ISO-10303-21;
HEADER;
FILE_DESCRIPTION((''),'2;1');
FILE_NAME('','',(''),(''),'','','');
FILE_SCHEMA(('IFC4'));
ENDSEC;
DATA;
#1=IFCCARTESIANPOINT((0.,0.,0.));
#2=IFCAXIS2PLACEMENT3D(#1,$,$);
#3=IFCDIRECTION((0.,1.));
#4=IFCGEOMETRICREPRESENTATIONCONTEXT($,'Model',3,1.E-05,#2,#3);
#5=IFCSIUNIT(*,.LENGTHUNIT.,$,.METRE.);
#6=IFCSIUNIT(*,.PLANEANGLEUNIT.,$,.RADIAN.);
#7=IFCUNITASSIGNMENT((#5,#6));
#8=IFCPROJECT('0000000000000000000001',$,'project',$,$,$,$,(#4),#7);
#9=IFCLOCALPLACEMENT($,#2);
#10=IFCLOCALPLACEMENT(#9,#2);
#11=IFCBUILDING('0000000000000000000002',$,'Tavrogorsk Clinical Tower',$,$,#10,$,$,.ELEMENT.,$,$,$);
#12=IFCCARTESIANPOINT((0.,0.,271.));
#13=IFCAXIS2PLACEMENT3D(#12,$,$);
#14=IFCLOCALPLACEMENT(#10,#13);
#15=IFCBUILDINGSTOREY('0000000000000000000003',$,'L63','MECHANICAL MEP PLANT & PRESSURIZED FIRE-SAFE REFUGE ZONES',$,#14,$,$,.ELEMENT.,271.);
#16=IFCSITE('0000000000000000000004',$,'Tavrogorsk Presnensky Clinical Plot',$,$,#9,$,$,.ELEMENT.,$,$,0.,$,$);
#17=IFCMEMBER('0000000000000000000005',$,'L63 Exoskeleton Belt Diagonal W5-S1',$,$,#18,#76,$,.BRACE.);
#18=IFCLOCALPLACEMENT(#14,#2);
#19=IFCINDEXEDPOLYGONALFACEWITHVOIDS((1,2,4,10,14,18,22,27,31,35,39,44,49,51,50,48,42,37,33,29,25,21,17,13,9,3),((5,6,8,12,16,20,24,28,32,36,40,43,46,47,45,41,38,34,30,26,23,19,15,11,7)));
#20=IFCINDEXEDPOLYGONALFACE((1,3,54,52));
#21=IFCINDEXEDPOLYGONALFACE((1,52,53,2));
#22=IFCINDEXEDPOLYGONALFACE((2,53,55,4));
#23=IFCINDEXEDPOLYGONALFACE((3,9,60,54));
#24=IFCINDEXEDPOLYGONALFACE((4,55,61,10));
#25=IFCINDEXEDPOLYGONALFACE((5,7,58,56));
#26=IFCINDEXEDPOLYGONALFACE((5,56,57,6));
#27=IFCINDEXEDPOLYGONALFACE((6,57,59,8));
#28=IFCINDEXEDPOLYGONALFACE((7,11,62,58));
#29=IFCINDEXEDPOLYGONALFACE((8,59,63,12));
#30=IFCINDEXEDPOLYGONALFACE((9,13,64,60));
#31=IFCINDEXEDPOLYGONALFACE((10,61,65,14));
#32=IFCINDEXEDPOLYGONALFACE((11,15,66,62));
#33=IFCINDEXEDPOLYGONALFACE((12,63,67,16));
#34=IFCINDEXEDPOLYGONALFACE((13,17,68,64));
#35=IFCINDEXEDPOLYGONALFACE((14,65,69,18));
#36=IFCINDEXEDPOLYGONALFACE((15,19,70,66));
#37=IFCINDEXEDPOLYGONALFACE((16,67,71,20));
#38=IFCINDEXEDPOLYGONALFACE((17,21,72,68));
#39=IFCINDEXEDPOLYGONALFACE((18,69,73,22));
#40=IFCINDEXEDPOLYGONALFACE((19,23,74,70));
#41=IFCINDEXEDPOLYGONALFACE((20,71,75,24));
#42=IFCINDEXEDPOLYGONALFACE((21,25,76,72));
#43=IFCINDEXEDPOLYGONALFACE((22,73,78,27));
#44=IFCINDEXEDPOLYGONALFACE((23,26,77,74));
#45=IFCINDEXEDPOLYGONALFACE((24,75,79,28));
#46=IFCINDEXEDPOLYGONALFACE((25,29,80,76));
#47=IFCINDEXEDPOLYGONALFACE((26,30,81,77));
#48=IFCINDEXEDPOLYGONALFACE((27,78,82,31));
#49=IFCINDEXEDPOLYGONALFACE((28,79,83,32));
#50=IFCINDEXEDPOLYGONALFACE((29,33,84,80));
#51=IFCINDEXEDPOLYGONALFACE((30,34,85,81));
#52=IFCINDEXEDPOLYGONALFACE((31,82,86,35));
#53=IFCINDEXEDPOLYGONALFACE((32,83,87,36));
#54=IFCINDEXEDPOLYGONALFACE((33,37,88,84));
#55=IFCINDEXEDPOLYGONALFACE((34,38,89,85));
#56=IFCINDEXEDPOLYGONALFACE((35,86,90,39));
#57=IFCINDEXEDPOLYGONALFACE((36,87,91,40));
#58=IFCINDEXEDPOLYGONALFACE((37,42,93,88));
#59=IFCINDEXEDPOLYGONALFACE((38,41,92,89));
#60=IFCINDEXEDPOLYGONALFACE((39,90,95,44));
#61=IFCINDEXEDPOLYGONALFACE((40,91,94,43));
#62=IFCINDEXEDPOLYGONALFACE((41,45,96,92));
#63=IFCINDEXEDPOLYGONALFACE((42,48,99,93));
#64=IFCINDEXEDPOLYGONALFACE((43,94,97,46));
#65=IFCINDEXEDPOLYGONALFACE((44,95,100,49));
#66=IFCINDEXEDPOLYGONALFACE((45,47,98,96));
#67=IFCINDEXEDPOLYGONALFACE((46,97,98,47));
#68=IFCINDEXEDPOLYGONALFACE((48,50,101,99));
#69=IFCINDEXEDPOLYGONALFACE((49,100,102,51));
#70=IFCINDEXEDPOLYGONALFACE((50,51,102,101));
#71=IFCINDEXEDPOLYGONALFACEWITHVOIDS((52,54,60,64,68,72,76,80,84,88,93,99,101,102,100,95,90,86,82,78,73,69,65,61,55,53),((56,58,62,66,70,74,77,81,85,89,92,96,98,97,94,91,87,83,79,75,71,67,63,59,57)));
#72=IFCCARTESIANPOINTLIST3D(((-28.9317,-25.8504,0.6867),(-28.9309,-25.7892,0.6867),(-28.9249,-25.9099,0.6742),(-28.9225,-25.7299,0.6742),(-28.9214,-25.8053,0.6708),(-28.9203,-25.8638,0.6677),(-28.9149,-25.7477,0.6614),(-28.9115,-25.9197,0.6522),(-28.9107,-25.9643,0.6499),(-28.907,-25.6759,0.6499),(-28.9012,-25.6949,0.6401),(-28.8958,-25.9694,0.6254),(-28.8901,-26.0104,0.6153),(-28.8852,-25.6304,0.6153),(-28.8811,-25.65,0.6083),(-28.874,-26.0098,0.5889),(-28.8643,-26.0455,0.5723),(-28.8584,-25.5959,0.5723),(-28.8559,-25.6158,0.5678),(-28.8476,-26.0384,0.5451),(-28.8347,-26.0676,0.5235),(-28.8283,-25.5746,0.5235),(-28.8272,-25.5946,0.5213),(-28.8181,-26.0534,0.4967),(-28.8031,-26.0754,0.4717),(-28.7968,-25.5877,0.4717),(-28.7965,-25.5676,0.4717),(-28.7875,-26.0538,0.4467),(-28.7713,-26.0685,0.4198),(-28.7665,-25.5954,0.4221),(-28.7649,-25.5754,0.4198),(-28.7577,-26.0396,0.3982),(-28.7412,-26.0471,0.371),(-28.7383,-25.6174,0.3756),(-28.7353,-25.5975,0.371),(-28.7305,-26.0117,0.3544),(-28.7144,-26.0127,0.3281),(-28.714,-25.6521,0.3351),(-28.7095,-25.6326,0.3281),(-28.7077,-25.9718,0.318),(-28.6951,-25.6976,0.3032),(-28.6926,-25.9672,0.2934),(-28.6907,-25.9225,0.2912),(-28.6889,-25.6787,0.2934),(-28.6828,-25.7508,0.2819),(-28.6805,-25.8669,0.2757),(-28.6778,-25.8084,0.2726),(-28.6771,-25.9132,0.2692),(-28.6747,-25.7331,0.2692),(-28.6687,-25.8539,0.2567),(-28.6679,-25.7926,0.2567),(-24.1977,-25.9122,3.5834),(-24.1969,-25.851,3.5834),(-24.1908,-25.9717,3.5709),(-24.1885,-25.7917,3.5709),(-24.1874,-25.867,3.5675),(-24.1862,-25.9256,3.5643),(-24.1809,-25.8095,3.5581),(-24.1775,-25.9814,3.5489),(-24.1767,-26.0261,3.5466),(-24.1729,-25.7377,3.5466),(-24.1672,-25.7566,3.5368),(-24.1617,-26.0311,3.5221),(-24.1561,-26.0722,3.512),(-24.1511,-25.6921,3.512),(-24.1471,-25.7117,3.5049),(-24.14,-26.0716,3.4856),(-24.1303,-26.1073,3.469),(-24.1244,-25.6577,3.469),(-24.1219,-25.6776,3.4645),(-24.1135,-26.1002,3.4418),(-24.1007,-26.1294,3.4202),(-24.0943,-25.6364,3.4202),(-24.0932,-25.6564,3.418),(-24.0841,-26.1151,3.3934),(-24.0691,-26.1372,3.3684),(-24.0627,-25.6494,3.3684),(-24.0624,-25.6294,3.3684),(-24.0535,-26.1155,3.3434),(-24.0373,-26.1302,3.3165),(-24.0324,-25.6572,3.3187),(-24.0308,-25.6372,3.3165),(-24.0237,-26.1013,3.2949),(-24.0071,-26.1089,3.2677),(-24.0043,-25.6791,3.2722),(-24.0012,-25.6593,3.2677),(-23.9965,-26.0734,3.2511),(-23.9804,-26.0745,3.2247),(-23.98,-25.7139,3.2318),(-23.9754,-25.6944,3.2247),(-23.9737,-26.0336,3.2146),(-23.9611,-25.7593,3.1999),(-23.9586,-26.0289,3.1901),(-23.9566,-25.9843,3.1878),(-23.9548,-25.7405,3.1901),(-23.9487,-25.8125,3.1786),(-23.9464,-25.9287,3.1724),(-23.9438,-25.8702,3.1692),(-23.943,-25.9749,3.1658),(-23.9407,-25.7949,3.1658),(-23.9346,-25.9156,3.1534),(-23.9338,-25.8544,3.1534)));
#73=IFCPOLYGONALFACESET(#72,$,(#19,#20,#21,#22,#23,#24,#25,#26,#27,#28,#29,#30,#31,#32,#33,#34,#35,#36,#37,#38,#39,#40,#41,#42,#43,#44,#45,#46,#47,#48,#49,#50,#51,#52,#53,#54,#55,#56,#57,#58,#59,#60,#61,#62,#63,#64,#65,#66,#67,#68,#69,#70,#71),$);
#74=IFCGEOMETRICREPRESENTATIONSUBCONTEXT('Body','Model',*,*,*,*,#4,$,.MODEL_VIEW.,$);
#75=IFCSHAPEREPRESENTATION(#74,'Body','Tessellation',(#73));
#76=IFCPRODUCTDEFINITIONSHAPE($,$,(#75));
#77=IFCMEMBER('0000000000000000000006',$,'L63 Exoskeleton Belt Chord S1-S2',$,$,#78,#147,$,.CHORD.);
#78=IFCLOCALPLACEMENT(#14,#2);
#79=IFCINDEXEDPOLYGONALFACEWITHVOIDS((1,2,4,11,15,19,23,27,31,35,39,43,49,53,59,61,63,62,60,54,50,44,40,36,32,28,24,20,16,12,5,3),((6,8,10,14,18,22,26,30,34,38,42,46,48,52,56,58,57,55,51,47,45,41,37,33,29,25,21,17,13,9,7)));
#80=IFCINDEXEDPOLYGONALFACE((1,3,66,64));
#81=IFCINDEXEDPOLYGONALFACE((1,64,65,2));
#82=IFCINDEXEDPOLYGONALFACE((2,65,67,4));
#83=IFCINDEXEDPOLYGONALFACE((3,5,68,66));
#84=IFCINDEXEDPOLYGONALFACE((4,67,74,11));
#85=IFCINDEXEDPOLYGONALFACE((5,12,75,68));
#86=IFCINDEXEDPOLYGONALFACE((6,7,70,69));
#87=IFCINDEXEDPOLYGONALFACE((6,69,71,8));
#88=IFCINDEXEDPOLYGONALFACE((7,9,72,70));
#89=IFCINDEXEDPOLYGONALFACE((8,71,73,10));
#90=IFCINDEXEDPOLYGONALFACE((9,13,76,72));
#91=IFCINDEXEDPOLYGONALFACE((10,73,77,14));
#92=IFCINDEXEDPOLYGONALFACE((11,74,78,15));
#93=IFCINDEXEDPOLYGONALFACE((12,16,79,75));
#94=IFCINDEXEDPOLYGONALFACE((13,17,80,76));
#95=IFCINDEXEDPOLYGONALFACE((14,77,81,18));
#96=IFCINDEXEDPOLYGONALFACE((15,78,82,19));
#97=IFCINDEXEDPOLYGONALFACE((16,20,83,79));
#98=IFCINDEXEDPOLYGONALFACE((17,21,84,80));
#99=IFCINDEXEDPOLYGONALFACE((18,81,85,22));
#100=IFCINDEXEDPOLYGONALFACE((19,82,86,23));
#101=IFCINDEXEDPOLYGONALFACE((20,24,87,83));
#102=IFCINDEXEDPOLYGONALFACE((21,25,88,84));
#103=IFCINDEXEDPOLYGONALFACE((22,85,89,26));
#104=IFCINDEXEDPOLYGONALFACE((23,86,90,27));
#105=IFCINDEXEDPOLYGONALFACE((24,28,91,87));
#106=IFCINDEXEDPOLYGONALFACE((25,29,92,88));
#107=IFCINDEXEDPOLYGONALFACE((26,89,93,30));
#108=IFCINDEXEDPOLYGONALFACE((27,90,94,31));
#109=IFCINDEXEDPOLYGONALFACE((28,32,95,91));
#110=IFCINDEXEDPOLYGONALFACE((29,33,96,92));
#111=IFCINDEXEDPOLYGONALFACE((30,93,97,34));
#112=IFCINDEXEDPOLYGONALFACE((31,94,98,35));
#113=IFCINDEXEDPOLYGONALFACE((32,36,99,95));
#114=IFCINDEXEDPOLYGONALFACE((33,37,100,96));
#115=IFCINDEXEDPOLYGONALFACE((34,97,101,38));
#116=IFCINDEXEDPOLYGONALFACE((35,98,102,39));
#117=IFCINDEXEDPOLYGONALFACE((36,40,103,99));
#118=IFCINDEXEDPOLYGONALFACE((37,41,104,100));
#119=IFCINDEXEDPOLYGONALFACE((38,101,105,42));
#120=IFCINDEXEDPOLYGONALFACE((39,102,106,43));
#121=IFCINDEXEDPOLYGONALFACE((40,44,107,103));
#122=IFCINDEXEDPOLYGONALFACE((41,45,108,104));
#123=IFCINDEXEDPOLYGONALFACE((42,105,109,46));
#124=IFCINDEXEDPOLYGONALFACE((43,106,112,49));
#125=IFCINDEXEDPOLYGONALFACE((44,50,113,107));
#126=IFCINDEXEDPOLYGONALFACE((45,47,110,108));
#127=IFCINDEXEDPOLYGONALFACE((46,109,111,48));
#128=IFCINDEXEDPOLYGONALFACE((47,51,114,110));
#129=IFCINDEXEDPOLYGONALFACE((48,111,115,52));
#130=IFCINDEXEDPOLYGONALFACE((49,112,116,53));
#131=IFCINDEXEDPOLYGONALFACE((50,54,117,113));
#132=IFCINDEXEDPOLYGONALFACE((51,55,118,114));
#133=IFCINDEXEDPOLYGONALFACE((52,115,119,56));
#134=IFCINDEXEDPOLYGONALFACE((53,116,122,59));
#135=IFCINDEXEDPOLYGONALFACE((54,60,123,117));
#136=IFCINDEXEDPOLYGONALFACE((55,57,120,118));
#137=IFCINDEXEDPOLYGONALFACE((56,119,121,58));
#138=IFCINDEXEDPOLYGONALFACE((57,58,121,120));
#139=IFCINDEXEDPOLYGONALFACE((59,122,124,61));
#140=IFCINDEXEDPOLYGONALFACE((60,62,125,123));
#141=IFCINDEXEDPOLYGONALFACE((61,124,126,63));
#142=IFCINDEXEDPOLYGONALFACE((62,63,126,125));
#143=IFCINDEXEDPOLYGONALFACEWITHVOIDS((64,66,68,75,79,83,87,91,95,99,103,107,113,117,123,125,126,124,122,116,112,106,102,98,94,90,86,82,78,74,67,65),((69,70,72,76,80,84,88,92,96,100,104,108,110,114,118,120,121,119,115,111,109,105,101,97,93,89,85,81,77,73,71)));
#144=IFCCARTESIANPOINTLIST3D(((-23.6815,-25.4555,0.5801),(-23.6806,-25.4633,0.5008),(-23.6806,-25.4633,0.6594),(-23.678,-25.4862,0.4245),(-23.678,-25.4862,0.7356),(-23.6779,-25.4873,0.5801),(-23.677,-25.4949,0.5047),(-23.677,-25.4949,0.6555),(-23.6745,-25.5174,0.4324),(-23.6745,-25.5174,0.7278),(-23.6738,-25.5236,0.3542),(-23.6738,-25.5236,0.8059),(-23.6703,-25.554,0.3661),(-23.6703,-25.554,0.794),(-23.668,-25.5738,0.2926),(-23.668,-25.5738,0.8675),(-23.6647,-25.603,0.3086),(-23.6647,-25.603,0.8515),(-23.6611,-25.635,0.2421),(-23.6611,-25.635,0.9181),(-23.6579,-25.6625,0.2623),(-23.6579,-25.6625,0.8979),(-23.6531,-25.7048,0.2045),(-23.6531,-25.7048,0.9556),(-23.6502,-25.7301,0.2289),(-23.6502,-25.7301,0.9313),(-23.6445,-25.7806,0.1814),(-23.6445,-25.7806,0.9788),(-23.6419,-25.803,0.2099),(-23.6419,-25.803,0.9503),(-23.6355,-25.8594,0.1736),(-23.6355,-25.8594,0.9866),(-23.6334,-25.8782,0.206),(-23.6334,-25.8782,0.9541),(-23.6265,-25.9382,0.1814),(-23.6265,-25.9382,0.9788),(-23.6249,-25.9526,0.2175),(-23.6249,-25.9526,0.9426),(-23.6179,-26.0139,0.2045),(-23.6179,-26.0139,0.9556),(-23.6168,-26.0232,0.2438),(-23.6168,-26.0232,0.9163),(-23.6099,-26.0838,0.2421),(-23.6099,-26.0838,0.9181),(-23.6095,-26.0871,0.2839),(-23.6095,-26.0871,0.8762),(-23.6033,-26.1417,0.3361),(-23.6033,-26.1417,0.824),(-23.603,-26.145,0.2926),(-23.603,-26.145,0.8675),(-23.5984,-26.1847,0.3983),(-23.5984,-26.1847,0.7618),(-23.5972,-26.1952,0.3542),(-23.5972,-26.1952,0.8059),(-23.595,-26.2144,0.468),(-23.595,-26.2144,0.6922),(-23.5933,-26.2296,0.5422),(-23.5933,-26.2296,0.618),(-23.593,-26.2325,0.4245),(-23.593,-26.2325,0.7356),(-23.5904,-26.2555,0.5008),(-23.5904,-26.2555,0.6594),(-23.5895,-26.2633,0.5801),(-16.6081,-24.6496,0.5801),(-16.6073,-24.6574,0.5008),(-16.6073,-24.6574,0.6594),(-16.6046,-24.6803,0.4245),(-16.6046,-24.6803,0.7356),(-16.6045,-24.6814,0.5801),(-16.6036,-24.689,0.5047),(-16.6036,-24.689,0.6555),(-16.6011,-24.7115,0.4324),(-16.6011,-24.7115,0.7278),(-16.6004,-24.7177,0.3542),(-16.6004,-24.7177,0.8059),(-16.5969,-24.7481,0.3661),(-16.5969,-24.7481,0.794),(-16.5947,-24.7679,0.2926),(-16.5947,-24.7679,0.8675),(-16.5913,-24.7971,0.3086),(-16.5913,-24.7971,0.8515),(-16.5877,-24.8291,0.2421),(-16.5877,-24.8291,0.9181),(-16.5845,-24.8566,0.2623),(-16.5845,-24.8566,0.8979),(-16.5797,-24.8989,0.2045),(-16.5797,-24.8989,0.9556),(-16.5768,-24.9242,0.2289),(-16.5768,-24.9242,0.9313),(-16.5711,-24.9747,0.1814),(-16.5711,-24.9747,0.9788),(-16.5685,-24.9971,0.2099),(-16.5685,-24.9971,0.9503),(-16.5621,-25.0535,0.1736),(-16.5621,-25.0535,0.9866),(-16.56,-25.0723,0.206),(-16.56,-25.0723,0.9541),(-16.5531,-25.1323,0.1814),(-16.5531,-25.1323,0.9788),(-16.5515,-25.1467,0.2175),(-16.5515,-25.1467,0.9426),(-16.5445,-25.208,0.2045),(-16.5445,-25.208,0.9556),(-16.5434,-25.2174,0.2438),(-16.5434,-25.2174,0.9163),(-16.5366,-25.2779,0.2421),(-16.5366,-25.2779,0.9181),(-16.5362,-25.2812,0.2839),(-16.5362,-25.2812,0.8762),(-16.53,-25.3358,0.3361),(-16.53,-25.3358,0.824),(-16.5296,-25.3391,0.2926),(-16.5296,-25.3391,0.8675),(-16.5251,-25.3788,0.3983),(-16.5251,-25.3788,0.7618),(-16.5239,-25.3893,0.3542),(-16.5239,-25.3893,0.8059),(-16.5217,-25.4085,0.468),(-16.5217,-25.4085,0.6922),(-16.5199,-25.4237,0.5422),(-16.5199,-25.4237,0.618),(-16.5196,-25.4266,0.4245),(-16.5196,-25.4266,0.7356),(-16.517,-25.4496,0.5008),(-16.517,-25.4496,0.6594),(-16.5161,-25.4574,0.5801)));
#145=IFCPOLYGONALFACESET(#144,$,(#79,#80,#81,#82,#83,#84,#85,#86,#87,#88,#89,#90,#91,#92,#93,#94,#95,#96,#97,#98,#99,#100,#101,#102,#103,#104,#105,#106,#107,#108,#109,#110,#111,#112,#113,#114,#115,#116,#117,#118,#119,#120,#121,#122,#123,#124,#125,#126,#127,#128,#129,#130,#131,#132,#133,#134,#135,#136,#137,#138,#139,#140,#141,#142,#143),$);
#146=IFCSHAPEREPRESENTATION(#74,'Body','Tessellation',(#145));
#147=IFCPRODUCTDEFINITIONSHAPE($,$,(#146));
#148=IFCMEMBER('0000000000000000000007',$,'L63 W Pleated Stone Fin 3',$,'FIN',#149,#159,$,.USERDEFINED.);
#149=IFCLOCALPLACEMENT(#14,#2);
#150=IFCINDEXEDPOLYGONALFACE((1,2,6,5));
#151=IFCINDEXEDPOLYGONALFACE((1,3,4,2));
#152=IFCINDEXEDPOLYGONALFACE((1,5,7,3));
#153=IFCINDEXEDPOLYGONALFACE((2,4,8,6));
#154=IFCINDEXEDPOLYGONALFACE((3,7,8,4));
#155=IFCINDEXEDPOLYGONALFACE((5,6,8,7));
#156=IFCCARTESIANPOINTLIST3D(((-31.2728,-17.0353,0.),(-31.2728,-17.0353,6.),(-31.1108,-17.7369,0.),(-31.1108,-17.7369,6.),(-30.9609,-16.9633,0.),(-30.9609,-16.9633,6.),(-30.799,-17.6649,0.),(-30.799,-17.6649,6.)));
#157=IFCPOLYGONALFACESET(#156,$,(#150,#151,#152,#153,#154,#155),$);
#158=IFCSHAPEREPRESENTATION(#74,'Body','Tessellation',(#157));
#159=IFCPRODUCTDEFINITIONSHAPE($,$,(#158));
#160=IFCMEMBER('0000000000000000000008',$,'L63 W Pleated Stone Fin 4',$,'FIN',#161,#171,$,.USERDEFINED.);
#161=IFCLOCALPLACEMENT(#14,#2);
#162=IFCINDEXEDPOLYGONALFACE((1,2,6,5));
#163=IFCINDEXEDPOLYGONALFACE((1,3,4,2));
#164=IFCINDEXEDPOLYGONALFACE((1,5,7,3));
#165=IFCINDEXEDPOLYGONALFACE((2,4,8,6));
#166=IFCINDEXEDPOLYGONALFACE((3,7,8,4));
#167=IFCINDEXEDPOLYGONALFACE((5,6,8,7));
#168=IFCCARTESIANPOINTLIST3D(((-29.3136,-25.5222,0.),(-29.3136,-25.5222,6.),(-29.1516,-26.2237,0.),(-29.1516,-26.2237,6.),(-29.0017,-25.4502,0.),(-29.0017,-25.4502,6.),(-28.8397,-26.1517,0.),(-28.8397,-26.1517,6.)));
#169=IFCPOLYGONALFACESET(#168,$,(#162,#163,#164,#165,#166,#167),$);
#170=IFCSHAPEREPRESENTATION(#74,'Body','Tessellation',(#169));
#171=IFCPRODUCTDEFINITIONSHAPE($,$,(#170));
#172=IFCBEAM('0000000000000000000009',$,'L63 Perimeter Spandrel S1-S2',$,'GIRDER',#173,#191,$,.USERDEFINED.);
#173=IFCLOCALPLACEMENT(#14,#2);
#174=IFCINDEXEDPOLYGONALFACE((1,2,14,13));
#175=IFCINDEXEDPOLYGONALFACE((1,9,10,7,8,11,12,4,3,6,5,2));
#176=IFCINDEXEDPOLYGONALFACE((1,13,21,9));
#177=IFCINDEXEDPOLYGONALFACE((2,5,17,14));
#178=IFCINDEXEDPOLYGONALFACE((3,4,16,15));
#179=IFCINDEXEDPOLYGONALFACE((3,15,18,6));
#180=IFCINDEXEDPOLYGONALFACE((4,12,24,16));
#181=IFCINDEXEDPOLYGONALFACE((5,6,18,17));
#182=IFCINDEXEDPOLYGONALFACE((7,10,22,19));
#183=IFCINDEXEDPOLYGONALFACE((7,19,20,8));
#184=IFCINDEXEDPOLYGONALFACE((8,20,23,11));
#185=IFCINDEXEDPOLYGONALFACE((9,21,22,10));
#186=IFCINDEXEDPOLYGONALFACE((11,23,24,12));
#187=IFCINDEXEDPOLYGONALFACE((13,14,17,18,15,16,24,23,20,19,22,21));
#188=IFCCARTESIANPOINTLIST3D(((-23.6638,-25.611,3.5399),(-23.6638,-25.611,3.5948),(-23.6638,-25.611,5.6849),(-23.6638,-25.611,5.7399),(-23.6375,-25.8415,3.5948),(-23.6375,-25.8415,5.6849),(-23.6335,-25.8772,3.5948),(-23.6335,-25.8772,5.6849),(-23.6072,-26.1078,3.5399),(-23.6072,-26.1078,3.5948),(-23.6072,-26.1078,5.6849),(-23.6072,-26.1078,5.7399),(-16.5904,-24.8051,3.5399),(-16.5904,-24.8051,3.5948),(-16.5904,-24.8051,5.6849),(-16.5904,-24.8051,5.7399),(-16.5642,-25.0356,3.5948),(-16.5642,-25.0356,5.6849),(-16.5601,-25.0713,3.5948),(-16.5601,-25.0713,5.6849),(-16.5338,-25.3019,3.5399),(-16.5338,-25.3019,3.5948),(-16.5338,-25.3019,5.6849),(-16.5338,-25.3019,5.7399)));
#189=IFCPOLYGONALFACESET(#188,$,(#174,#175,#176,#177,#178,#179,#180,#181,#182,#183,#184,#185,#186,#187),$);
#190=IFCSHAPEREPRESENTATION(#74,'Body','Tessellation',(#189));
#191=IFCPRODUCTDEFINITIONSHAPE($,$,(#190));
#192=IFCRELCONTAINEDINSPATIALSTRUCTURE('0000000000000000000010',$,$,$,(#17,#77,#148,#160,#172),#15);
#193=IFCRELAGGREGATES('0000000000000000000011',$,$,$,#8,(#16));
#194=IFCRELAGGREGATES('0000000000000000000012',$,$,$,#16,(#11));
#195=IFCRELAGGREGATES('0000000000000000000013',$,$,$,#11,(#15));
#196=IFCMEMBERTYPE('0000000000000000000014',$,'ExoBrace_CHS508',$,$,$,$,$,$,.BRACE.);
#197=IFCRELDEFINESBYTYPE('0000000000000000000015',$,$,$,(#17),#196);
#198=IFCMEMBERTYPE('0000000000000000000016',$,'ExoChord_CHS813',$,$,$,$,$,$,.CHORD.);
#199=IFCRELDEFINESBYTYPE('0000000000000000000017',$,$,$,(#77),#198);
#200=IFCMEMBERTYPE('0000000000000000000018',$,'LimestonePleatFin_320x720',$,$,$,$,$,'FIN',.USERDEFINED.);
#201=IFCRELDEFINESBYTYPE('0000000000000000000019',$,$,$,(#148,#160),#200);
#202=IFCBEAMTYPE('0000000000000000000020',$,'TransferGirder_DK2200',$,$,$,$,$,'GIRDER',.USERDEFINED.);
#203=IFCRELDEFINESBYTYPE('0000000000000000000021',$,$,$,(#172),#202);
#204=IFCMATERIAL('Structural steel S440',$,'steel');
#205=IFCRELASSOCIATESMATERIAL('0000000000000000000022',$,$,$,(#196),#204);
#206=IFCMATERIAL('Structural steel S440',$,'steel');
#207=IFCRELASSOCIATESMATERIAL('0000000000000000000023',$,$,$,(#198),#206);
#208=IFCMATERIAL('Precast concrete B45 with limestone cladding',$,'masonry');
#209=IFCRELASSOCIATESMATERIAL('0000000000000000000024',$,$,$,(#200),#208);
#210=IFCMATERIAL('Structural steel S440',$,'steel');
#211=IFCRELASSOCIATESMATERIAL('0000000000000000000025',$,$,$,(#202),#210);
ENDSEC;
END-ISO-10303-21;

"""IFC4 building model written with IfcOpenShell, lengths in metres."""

from ifc_helpers import new_model, si_unit, direction, frame, origin, origin_2d, place, context, subcontext, project, spatial, rectangle, hollow_circle, i_section, extrude, material, material_profile, profile_set, type_object, element, save


model = new_model("IFC4")

# Units and contexts
model_context = context("Model", 3, precision=1e-05, world=origin(), true_north=direction((0.0, 1.0)))
body_context = subcontext(model_context, "Body", "Model", "MODEL_VIEW")
ifc_project = project(units=[si_unit("LENGTHUNIT", "METRE"), si_unit("PLANEANGLEUNIT", "RADIAN")], contexts=[model_context])

# Site, building, storey
site_placement = place(None, origin())
site = spatial("IfcSite", under=ifc_project, at=site_placement, Name="Tavrogorsk Presnensky Clinical Plot", CompositionType="ELEMENT", RefElevation=0.0)
building_placement = place(site_placement, origin())
building = spatial("IfcBuilding", under=site, at=building_placement, Name="Tavrogorsk Clinical Tower", CompositionType="ELEMENT")
storey_placement = place(building_placement, frame((0.0, 0.0, 271.0)))
storey = spatial("IfcBuildingStorey", under=building, at=storey_placement, Name="L63", Description="MECHANICAL MEP PLANT & PRESSURIZED FIRE-SAFE REFUGE ZONES", CompositionType="ELEMENT", Elevation=271.0)

# Members
ifc_material_1 = material(Name="Structural steel S440", Category="steel")
ifc_material_profile_1 = material_profile(ifc_material_1, hollow_circle(Radius=0.2539, WallThickness=0.02, at=origin_2d()), Name="CHS-508x20")
ifc_profile_set_1 = profile_set([ifc_material_profile_1], Name="Structural steel S440")
member_type_1 = type_object("IfcMemberType", Name="ExoBrace_CHS508", PredefinedType="BRACE", material=ifc_profile_set_1)
member_1_placement = place(storey_placement, frame((-28.7998, -25.8215, 0.4717), z_axis=(0.852936, -0.011129, 0.521896), x_axis=(0.013046, 0.999915, 0.0)))
element("IfcMember", 1, at=member_1_placement, inside=storey, type_object=member_type_1, Name="L63 Exoskeleton Belt Diagonal W5-S1", PredefinedType="BRACE", context=body_context, shape_type="SweptSolid", body=[
    extrude(hollow_circle(Radius=0.2539, WallThickness=0.02, at=origin_2d()), origin(), (0.0, 0.0, 1.0), 5.5503),
])
ifc_material_2 = material(Name="Structural steel S440", Category="steel")
ifc_material_profile_2 = material_profile(ifc_material_2, hollow_circle(Radius=0.4065, WallThickness=0.032, at=origin_2d()), Name="CHS-813x32")
ifc_profile_set_2 = profile_set([ifc_material_profile_2], Name="Structural steel S440")
member_type_2 = type_object("IfcMemberType", Name="ExoChord_CHS813", PredefinedType="CHORD", material=ifc_profile_set_2)
member_2_placement = place(storey_placement, frame((-23.6355, -25.8594, 0.5801), z_axis=(0.993572, 0.113201, 0.0), x_axis=(-0.113201, 0.993572, 0.0)))
element("IfcMember", 2, at=member_2_placement, inside=storey, type_object=member_type_2, Name="L63 Exoskeleton Belt Chord S1-S2", PredefinedType="CHORD", context=body_context, shape_type="SweptSolid", body=[
    extrude(hollow_circle(Radius=0.4065, WallThickness=0.032, at=origin_2d()), origin(), (0.0, 0.0, 1.0), 7.1191),
])
ifc_material_3 = material(Name="Precast concrete B45 with limestone cladding", Category="masonry")
ifc_material_profile_3 = material_profile(ifc_material_3, rectangle(XDim=0.3201, YDim=0.72, at=origin_2d()), Name="LIMESTONE-FIN-320x720")
ifc_profile_set_3 = profile_set([ifc_material_profile_3], Name="Precast concrete B45 with limestone cladding")
member_type_3 = type_object("IfcMemberType", Name="LimestonePleatFin_320x720", ElementType="FIN", PredefinedType="USERDEFINED", material=ifc_profile_set_3)
for number, where, z_axis, x_axis, name in (
    (3, (-31.0359, -17.3501, 0.0), (0.0, 0.0, 1.0), (0.97437, 0.224951, 0.0), "L63 W Pleated Stone Fin 3"),
    (4, (-29.0767, -25.8369, 0.0), (0.0, 0.0, 1.0), (0.97437, 0.224951, 0.0), "L63 W Pleated Stone Fin 4"),
):
    element("IfcMember", number, at=place(storey_placement, frame(where, z_axis=z_axis, x_axis=x_axis)), inside=storey, type_object=member_type_3, Name=name, ObjectType="FIN", PredefinedType="USERDEFINED", context=body_context, shape_type="SweptSolid", body=[
        extrude(rectangle(XDim=0.3201, YDim=0.72, at=origin_2d()), origin(), (0.0, 0.0, 1.0), 6.0),
    ])

# Beam
ifc_material_4 = material(Name="Structural steel S440", Category="steel")
ifc_material_profile_4 = material_profile(ifc_material_4, i_section(OverallWidth=0.5, OverallDepth=2.2, WebThickness=0.0359, FlangeThickness=0.0549, at=origin_2d()), Name="DK-2200x500x36x55")
ifc_profile_set_4 = profile_set([ifc_material_profile_4], Name="Structural steel S440")
beam_type = type_object("IfcBeamType", Name="TransferGirder_DK2200", ElementType="GIRDER", PredefinedType="USERDEFINED", material=ifc_profile_set_4)
beam_1_placement = place(storey_placement, frame((-23.6355, -25.8594, 4.6399), z_axis=(0.993572, 0.113201, 0.0), x_axis=(-0.113201, 0.993572, 0.0)))
element("IfcBeam", 5, at=beam_1_placement, inside=storey, type_object=beam_type, Name="L63 Perimeter Spandrel S1-S2", ObjectType="GIRDER", PredefinedType="USERDEFINED", context=body_context, shape_type="SweptSolid", body=[
    extrude(i_section(OverallWidth=0.5, OverallDepth=2.2, WebThickness=0.0359, FlangeThickness=0.0549, at=origin_2d()), origin(), (0.0, 0.0, 1.0), 7.1191),
])

save(model, "model.ifc")
